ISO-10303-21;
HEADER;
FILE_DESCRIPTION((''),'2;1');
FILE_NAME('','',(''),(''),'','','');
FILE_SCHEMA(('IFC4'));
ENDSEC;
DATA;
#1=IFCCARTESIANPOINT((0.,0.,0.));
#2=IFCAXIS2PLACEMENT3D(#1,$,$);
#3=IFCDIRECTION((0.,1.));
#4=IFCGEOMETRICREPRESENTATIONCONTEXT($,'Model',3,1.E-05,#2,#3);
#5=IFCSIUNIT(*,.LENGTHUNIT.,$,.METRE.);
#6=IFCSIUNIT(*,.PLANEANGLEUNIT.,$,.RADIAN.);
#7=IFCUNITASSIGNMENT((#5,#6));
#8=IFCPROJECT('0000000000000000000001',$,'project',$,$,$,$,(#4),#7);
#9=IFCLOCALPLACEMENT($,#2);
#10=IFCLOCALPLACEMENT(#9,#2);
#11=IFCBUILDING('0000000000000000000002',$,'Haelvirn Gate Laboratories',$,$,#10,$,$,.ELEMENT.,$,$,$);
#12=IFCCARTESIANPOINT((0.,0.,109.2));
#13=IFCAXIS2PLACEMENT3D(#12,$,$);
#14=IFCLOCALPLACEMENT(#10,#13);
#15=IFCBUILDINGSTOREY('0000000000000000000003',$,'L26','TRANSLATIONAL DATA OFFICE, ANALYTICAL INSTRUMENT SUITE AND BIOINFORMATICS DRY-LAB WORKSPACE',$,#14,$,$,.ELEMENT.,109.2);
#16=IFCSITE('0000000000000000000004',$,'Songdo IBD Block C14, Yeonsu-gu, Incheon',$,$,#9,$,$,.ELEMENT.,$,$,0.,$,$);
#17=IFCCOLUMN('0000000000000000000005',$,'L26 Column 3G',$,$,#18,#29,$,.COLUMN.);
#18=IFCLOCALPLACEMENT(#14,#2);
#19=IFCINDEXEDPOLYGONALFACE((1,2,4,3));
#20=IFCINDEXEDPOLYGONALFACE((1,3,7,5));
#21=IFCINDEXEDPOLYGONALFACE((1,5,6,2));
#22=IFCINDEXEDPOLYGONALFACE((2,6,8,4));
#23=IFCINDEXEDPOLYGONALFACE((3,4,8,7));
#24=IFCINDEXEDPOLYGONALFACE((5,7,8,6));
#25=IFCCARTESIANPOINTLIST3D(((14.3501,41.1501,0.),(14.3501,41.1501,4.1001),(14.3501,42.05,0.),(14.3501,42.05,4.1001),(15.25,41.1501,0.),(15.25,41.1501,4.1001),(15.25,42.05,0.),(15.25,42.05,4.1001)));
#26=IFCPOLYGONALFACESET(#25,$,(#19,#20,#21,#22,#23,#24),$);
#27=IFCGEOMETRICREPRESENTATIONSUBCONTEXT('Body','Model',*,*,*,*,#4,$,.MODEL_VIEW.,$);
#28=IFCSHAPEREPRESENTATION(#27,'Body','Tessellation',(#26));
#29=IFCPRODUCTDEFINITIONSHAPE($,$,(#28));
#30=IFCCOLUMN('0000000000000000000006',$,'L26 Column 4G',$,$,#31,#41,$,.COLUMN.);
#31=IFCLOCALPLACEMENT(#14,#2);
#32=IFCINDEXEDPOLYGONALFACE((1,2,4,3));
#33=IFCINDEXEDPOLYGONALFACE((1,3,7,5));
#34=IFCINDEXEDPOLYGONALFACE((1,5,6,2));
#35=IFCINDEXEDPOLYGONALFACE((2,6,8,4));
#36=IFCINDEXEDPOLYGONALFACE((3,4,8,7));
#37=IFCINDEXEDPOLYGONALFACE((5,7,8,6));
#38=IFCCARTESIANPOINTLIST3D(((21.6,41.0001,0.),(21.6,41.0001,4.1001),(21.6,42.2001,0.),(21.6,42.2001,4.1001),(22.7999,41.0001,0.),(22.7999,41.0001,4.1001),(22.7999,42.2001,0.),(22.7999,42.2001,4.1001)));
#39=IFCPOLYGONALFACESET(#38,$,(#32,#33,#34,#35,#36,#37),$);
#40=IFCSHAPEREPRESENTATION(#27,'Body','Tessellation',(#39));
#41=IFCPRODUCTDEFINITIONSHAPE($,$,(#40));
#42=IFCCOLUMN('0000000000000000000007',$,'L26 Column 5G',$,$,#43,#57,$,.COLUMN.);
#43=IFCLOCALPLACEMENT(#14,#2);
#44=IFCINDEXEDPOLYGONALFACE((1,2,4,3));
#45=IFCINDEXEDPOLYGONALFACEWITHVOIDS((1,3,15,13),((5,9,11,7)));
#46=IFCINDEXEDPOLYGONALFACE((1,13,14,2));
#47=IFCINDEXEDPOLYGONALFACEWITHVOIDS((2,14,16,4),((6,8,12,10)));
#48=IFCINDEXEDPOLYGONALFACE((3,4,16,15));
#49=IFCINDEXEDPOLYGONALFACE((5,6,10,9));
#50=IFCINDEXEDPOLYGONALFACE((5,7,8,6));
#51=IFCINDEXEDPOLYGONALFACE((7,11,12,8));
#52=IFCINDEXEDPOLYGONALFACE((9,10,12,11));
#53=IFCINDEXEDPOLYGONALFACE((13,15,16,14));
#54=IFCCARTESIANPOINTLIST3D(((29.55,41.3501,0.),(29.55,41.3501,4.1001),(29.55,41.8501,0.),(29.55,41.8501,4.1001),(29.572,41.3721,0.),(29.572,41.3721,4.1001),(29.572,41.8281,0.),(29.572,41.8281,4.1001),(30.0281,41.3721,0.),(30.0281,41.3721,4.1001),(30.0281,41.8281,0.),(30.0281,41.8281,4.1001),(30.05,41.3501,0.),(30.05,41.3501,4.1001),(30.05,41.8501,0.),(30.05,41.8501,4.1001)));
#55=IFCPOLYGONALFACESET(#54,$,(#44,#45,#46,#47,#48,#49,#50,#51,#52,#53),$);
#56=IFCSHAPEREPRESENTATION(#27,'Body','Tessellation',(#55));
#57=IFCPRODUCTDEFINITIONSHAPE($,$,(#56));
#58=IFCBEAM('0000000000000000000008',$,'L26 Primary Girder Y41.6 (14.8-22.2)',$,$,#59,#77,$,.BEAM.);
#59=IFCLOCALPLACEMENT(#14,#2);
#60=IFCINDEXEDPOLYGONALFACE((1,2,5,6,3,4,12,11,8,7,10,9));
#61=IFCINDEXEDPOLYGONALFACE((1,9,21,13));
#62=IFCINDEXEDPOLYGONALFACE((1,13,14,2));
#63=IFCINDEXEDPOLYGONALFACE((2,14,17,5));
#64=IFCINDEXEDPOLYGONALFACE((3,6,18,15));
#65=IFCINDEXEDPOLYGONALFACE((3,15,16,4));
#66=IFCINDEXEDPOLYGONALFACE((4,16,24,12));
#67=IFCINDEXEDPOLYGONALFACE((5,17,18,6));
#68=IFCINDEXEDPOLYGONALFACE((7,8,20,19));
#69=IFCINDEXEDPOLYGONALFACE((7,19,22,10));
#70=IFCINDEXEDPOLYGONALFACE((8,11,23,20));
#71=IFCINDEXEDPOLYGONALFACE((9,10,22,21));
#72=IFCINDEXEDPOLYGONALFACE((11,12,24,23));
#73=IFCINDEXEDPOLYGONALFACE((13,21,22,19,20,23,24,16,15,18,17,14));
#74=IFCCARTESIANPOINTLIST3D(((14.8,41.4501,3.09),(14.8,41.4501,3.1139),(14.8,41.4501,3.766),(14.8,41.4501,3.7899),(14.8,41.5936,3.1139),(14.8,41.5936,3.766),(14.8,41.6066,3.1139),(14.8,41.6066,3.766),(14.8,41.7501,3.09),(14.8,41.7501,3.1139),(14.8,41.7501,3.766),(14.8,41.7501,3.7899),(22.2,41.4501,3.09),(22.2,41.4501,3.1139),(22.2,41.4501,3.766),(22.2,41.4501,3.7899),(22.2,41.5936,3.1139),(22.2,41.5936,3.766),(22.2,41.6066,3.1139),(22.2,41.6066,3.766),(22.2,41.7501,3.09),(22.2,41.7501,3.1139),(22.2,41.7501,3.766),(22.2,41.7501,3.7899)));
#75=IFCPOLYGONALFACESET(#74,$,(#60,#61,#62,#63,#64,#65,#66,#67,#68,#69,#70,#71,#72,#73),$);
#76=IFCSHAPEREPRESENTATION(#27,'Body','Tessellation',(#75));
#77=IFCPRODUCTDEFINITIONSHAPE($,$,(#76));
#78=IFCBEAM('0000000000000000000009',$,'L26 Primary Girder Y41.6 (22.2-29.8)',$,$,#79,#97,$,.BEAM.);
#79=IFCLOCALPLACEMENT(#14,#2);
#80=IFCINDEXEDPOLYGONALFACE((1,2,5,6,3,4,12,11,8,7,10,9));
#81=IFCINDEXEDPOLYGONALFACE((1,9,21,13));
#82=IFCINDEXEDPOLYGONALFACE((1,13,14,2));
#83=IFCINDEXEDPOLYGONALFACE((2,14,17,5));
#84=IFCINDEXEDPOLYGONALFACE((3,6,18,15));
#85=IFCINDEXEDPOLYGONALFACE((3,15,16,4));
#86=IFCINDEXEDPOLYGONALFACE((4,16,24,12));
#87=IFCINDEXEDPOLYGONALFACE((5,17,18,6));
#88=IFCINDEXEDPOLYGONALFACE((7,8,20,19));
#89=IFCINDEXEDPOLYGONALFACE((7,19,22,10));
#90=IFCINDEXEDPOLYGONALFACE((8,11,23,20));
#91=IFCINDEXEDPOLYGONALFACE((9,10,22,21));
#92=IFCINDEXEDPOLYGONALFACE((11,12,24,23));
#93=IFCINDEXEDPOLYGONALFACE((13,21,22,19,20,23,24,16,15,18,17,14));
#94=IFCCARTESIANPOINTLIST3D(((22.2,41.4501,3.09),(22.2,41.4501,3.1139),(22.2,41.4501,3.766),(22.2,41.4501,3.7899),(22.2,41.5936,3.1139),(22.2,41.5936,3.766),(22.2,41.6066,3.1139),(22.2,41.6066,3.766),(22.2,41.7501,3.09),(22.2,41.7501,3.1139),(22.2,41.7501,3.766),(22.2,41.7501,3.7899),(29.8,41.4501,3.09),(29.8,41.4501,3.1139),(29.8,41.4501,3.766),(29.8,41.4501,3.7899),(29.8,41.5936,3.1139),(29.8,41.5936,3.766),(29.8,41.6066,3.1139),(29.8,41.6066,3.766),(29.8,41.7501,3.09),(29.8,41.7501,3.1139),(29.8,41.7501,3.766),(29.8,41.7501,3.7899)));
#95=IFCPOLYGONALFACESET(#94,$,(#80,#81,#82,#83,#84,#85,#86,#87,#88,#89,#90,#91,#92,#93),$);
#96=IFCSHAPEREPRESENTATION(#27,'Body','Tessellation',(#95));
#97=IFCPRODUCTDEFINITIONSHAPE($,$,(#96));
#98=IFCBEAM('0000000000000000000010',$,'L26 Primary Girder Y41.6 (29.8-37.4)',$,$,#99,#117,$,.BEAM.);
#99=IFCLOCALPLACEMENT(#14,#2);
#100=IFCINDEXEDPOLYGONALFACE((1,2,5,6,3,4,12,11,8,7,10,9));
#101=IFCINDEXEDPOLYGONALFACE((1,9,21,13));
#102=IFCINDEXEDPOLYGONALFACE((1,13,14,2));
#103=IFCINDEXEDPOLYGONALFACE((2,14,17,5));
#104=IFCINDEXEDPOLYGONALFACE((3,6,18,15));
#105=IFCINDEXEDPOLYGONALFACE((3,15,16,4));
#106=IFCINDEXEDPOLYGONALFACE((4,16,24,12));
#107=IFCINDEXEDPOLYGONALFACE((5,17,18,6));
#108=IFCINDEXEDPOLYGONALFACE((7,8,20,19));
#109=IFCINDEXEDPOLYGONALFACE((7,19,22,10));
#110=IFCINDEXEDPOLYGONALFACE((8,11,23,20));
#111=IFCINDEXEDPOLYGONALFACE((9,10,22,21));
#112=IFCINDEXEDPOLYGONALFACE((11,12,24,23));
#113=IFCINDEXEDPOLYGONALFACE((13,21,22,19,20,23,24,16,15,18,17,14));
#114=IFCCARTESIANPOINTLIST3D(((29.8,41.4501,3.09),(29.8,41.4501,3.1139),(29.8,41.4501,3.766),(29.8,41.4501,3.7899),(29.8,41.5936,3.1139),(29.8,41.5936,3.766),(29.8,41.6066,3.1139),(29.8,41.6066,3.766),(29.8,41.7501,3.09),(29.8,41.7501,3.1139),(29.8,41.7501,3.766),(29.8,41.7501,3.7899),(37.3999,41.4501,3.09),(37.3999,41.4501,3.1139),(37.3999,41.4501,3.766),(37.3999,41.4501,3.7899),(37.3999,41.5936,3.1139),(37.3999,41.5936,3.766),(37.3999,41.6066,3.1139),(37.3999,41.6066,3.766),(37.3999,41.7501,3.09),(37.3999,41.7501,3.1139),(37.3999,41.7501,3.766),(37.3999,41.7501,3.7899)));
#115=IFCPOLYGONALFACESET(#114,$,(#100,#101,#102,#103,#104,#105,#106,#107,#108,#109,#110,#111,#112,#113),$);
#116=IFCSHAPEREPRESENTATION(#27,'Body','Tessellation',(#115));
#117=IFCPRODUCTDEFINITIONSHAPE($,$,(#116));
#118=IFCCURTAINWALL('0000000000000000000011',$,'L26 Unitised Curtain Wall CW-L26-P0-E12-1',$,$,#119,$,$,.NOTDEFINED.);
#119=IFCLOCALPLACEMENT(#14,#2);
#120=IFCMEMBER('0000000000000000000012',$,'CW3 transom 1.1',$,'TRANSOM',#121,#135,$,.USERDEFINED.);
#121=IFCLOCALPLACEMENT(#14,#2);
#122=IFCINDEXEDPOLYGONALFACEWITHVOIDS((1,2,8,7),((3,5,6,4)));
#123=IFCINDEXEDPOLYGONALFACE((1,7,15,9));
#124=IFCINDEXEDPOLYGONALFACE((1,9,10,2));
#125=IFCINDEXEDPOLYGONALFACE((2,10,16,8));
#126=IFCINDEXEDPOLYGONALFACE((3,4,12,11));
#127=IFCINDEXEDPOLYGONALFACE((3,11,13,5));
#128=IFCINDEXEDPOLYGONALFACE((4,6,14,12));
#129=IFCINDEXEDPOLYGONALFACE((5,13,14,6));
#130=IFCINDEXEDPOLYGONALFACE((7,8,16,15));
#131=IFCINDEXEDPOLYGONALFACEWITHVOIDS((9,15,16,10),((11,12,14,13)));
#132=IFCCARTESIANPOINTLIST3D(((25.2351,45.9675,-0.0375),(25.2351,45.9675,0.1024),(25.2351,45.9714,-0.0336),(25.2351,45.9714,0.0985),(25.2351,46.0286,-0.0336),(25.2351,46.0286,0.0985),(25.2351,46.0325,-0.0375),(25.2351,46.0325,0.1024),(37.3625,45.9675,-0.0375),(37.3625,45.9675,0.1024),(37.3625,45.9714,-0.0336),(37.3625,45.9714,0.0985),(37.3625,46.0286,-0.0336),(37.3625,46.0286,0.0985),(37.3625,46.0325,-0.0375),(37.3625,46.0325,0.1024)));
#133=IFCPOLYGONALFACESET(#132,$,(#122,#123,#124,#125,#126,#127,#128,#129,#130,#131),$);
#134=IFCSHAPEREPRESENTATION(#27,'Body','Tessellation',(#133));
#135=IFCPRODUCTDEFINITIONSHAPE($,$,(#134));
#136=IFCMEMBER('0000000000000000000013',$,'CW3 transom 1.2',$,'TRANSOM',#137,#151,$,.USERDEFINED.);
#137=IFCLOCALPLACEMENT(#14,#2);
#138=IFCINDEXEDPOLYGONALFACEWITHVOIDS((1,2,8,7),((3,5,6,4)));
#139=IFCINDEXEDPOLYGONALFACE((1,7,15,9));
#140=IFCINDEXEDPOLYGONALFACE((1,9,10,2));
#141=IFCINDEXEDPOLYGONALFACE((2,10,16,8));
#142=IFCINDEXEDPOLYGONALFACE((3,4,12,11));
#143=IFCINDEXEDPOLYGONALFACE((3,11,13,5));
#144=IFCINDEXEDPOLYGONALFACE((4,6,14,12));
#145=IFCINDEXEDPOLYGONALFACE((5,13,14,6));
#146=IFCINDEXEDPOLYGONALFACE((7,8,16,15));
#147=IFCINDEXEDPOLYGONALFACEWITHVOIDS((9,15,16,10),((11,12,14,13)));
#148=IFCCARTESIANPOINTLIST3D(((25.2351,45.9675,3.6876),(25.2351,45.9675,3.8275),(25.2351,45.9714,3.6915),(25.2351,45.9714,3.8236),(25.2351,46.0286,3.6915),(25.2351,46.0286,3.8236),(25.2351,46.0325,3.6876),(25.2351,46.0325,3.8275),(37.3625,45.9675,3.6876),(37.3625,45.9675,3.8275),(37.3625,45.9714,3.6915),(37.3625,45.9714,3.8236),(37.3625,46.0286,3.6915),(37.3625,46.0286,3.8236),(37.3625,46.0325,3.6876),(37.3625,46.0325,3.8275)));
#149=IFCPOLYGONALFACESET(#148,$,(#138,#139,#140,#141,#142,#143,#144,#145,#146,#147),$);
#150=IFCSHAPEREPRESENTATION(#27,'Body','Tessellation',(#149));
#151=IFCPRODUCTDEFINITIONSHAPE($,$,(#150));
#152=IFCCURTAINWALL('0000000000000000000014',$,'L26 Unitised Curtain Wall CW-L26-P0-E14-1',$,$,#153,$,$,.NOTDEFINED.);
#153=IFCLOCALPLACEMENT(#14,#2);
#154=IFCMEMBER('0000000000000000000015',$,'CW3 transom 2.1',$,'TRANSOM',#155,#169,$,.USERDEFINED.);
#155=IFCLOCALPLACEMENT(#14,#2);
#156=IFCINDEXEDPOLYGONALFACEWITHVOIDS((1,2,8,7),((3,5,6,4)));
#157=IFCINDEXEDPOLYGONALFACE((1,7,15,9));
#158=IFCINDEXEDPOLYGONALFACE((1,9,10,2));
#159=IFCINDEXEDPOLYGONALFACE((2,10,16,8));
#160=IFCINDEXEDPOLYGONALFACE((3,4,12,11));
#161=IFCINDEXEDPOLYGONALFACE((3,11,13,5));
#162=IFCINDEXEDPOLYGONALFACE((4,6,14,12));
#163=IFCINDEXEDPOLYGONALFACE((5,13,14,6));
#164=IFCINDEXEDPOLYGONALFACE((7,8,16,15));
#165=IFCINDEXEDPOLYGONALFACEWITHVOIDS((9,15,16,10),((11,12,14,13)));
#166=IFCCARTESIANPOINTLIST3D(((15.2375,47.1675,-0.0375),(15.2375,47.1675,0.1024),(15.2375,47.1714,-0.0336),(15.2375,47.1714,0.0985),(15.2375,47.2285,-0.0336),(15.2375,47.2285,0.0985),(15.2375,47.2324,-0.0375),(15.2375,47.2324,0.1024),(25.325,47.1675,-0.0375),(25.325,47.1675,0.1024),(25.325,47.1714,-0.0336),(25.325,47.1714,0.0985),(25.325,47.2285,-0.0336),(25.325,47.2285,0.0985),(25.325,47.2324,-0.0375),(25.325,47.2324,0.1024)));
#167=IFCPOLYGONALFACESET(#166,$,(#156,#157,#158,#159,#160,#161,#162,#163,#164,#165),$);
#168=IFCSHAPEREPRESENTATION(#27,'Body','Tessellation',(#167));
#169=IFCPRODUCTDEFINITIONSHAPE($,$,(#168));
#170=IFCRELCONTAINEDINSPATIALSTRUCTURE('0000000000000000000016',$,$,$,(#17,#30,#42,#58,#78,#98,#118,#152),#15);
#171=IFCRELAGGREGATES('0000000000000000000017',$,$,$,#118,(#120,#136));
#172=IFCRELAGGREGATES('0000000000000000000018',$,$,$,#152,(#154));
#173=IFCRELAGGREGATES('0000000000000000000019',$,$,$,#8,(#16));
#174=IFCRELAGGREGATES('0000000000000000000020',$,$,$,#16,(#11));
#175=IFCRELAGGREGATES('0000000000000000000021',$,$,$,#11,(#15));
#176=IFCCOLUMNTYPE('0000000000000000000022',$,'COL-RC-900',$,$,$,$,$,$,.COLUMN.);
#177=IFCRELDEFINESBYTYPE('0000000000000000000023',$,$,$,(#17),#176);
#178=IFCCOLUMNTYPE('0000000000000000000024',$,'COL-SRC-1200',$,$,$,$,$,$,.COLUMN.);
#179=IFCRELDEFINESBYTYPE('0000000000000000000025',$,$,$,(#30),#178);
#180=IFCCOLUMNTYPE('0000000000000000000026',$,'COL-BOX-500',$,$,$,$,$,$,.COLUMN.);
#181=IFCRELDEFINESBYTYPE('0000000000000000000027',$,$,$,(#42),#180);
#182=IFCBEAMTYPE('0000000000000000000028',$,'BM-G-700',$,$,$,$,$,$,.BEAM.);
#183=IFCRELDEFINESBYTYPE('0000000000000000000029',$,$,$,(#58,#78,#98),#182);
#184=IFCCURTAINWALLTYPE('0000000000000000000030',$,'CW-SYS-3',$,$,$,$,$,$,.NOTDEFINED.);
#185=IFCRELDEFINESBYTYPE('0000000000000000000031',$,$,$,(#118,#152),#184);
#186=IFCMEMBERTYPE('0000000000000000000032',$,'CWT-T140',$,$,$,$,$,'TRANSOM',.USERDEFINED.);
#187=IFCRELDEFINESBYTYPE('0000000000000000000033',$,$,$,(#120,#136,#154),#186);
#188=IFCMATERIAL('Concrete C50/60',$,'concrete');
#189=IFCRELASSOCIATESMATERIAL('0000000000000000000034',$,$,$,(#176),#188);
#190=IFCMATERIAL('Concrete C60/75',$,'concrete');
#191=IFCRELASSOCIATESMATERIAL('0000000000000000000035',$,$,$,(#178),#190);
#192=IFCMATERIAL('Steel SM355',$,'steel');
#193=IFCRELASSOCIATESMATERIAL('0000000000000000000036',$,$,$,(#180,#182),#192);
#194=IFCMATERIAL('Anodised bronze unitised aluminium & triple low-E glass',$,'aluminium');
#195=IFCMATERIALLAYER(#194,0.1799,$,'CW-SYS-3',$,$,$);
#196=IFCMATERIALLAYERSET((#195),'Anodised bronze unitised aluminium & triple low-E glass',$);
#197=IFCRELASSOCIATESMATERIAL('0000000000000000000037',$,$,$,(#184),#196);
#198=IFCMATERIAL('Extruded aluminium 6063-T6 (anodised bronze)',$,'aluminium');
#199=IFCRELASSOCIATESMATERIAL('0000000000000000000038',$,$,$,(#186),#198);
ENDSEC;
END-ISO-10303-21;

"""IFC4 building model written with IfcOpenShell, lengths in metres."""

from ifc_helpers import new_model, si_unit, direction, frame, origin, origin_2d, place, context, subcontext, project, spatial, rectangle, hollow_rectangle, i_section, extrude, source, transform, mapped, material, layer, layer_set, material_profile, profile_set, type_object, type_shapes, element, aggregate, save


model = new_model("IFC4")

# Units and contexts
model_context = context("Model", 3, precision=1e-05, world=origin(), true_north=direction((0.0, 1.0)))
body_context = subcontext(model_context, "Body", "Model", "MODEL_VIEW")
ifc_project = project(units=[si_unit("LENGTHUNIT", "METRE"), si_unit("PLANEANGLEUNIT", "RADIAN")], contexts=[model_context])

# Site, building, storey
site_placement = place(None, origin())
site = spatial("IfcSite", under=ifc_project, at=site_placement, Name="Songdo IBD Block C14, Yeonsu-gu, Incheon", CompositionType="ELEMENT", RefElevation=0.0)
building_placement = place(site_placement, origin())
building = spatial("IfcBuilding", under=site, at=building_placement, Name="Haelvirn Gate Laboratories", CompositionType="ELEMENT")
storey_placement = place(building_placement, frame((0.0, 0.0, 109.2)))
storey = spatial("IfcBuildingStorey", under=building, at=storey_placement, Name="L26", Description="TRANSLATIONAL DATA OFFICE, ANALYTICAL INSTRUMENT SUITE AND BIOINFORMATICS DRY-LAB WORKSPACE", CompositionType="ELEMENT", Elevation=109.2)

# Columns
ifc_material_1 = material(Name="Concrete C50/60", Category="concrete")
ifc_material_profile_1 = material_profile(ifc_material_1, rectangle(XDim=0.8999, YDim=0.8999, at=origin_2d()), Name="RC-900x900")
ifc_profile_set_1 = profile_set([ifc_material_profile_1], Name="Concrete C50/60")
column_type_1 = type_object("IfcColumnType", Name="COL-RC-900", PredefinedType="COLUMN", material=ifc_profile_set_1)
shared_shape_1 = source(origin(), body_context, "Body", "SweptSolid", [
    extrude(rectangle(XDim=0.8999, YDim=0.8999, at=origin_2d()), origin(), (0.0, 0.0, 1.0), 4.1001),
])
type_shapes(column_type_1, [shared_shape_1])
column_1_placement = place(storey_placement, frame((14.8, 41.6001, 0.0), z_axis=(0.0, 0.0, 1.0), x_axis=(1.0, 0.0, 0.0)))
element("IfcColumn", 1, at=column_1_placement, inside=storey, type_object=column_type_1, Name="L26 Column 3G", PredefinedType="COLUMN", context=body_context, shape_type="MappedRepresentation", body=[
    mapped(shared_shape_1, transform((0.0, 0.0, 0.0), scale=1.0)),
])
ifc_material_2 = material(Name="Concrete C60/75", Category="concrete")
ifc_material_profile_2 = material_profile(ifc_material_2, rectangle(XDim=1.2, YDim=1.2, at=origin_2d()), Name="SRC-1200x1200")
ifc_profile_set_2 = profile_set([ifc_material_profile_2], Name="Concrete C60/75")
column_type_2 = type_object("IfcColumnType", Name="COL-SRC-1200", PredefinedType="COLUMN", material=ifc_profile_set_2)
shared_shape_2 = source(origin(), body_context, "Body", "SweptSolid", [
    extrude(rectangle(XDim=1.2, YDim=1.2, at=origin_2d()), origin(), (0.0, 0.0, 1.0), 4.1001),
])
type_shapes(column_type_2, [shared_shape_2])
column_2_placement = place(storey_placement, frame((22.2, 41.6001, 0.0), z_axis=(0.0, 0.0, 1.0), x_axis=(1.0, 0.0, 0.0)))
element("IfcColumn", 2, at=column_2_placement, inside=storey, type_object=column_type_2, Name="L26 Column 4G", PredefinedType="COLUMN", context=body_context, shape_type="MappedRepresentation", body=[
    mapped(shared_shape_2, transform((0.0, 0.0, 0.0), scale=1.0)),
])
ifc_material_3 = material(Name="Steel SM355", Category="steel")
ifc_material_profile_3 = material_profile(ifc_material_3, hollow_rectangle(XDim=0.5, YDim=0.5, WallThickness=0.022, at=origin_2d()), Name="BOX-500x500x22")
ifc_profile_set_3 = profile_set([ifc_material_profile_3], Name="Steel SM355")
column_type_3 = type_object("IfcColumnType", Name="COL-BOX-500", PredefinedType="COLUMN", material=ifc_profile_set_3)
shared_shape_3 = source(origin(), body_context, "Body", "SweptSolid", [
    extrude(hollow_rectangle(XDim=0.5, YDim=0.5, WallThickness=0.022, at=origin_2d()), origin(), (0.0, 0.0, 1.0), 4.1001),
])
type_shapes(column_type_3, [shared_shape_3])
column_3_placement = place(storey_placement, frame((29.8, 41.6001, 0.0), z_axis=(0.0, 0.0, 1.0), x_axis=(1.0, 0.0, 0.0)))
element("IfcColumn", 3, at=column_3_placement, inside=storey, type_object=column_type_3, Name="L26 Column 5G", PredefinedType="COLUMN", context=body_context, shape_type="MappedRepresentation", body=[
    mapped(shared_shape_3, transform((0.0, 0.0, 0.0), scale=1.0)),
])

# Beams
ifc_material_profile_4 = material_profile(ifc_material_3, i_section(OverallWidth=0.3, OverallDepth=0.7, WebThickness=0.0129, FlangeThickness=0.0239, at=origin_2d()), Name="H-700x300x13x24")
ifc_profile_set_4 = profile_set([ifc_material_profile_4], Name="Steel SM355")
beam_type = type_object("IfcBeamType", Name="BM-G-700", PredefinedType="BEAM", material=ifc_profile_set_4)
shared_shape_4 = source(origin(), body_context, "Body", "SweptSolid", [
    extrude(i_section(OverallWidth=0.3, OverallDepth=0.7, WebThickness=0.0129, FlangeThickness=0.0239, at=origin_2d()), origin(), (0.0, 0.0, 1.0), 7.3999),
])
beam_1_placement = place(storey_placement, frame((14.8, 41.6001, 3.4399), z_axis=(1.0, 0.0, 0.0), x_axis=(0.0, 1.0, 0.0)))
element("IfcBeam", 4, at=beam_1_placement, inside=storey, type_object=beam_type, Name="L26 Primary Girder Y41.6 (14.8-22.2)", PredefinedType="BEAM", context=body_context, shape_type="MappedRepresentation", body=[
    mapped(shared_shape_4, transform((0.0, 0.0, 0.0), scale=1.0)),
])
shared_shape_5 = source(origin(), body_context, "Body", "SweptSolid", [
    extrude(i_section(OverallWidth=0.3, OverallDepth=0.7, WebThickness=0.0129, FlangeThickness=0.0239, at=origin_2d()), origin(), (0.0, 0.0, 1.0), 7.6001),
])
beam_2_placement = place(storey_placement, frame((22.2, 41.6001, 3.4399), z_axis=(1.0, 0.0, 0.0), x_axis=(0.0, 1.0, 0.0)))
element("IfcBeam", 5, at=beam_2_placement, inside=storey, type_object=beam_type, Name="L26 Primary Girder Y41.6 (22.2-29.8)", PredefinedType="BEAM", context=body_context, shape_type="MappedRepresentation", body=[
    mapped(shared_shape_5, transform((0.0, 0.0, 0.0), scale=1.0)),
])
shared_shape_6 = source(origin(), body_context, "Body", "SweptSolid", [
    extrude(i_section(OverallWidth=0.3, OverallDepth=0.7, WebThickness=0.0129, FlangeThickness=0.0239, at=origin_2d()), origin(), (0.0, 0.0, 1.0), 7.5999),
])
type_shapes(beam_type, [shared_shape_4, shared_shape_5, shared_shape_6])
beam_3_placement = place(storey_placement, frame((29.8, 41.6001, 3.4399), z_axis=(1.0, 0.0, 0.0), x_axis=(0.0, 1.0, 0.0)))
element("IfcBeam", 6, at=beam_3_placement, inside=storey, type_object=beam_type, Name="L26 Primary Girder Y41.6 (29.8-37.4)", PredefinedType="BEAM", context=body_context, shape_type="MappedRepresentation", body=[
    mapped(shared_shape_6, transform((0.0, 0.0, 0.0), scale=1.0)),
])

# Curtain walls, members
ifc_material_4 = material(Name="Anodised bronze unitised aluminium & triple low-E glass", Category="aluminium")
ifc_layer_1 = layer(ifc_material_4, 0.1799, Name="CW-SYS-3")
ifc_layer_set_1 = layer_set([ifc_layer_1], Name="Anodised bronze unitised aluminium & triple low-E glass")
curtain_wall_type = type_object("IfcCurtainWallType", Name="CW-SYS-3", PredefinedType="NOTDEFINED", material=ifc_layer_set_1)
curtain_wall_1_placement = place(storey_placement, origin())
curtain_wall_1 = element("IfcCurtainWall", 7, at=curtain_wall_1_placement, inside=storey, type_object=curtain_wall_type, Name="L26 Unitised Curtain Wall CW-L26-P0-E12-1", PredefinedType="NOTDEFINED")
ifc_material_5 = material(Name="Extruded aluminium 6063-T6 (anodised bronze)", Category="aluminium")
ifc_material_profile_5 = material_profile(ifc_material_5, hollow_rectangle(XDim=0.0649, YDim=0.1399, WallThickness=0.0039, at=origin_2d()), Name="CWT-140x65x4")
ifc_profile_set_5 = profile_set([ifc_material_profile_5], Name="Extruded aluminium 6063-T6 (anodised bronze)")
member_type_1 = type_object("IfcMemberType", Name="CWT-T140", ElementType="TRANSOM", PredefinedType="USERDEFINED", material=ifc_profile_set_5)
shared_shape_7 = source(origin(), body_context, "Body", "SweptSolid", [
    extrude(hollow_rectangle(XDim=0.0649, YDim=0.1399, WallThickness=0.0039, at=origin_2d()), origin(), (0.0, 0.0, 1.0), 12.1274),
])
member_1_placement = place(storey_placement, frame((25.2351, 46.0, 0.0325), z_axis=(1.0, 0.0, 0.0), x_axis=(0.0, 1.0, 0.0)))
member_1 = element("IfcMember", 8, at=member_1_placement, type_object=member_type_1, Name="CW3 transom 1.1", ObjectType="TRANSOM", PredefinedType="USERDEFINED", context=body_context, shape_type="MappedRepresentation", body=[
    mapped(shared_shape_7, transform((0.0, 0.0, 0.0), scale=1.0)),
])
member_2_placement = place(storey_placement, frame((25.2351, 46.0, 3.7576), z_axis=(1.0, 0.0, 0.0), x_axis=(0.0, 1.0, 0.0)))
member_2 = element("IfcMember", 9, at=member_2_placement, type_object=member_type_1, Name="CW3 transom 1.2", ObjectType="TRANSOM", PredefinedType="USERDEFINED", context=body_context, shape_type="MappedRepresentation", body=[
    mapped(shared_shape_7, transform((0.0, 0.0, 0.0), scale=1.0)),
])
curtain_wall_2_placement = place(storey_placement, origin())
curtain_wall_2 = element("IfcCurtainWall", 10, at=curtain_wall_2_placement, inside=storey, type_object=curtain_wall_type, Name="L26 Unitised Curtain Wall CW-L26-P0-E14-1", PredefinedType="NOTDEFINED")
shared_shape_8 = source(origin(), body_context, "Body", "SweptSolid", [
    extrude(hollow_rectangle(XDim=0.0649, YDim=0.1399, WallThickness=0.0039, at=origin_2d()), origin(), (0.0, 0.0, 1.0), 10.0874),
])
type_shapes(member_type_1, [shared_shape_7, shared_shape_8])
member_3_placement = place(storey_placement, frame((15.2375, 47.2, 0.0325), z_axis=(1.0, 0.0, 0.0), x_axis=(0.0, 1.0, 0.0)))
member_3 = element("IfcMember", 11, at=member_3_placement, type_object=member_type_1, Name="CW3 transom 2.1", ObjectType="TRANSOM", PredefinedType="USERDEFINED", context=body_context, shape_type="MappedRepresentation", body=[
    mapped(shared_shape_8, transform((0.0, 0.0, 0.0), scale=1.0)),
])

aggregate(curtain_wall_1, [member_1, member_2])

aggregate(curtain_wall_2, [member_3])

save(model, "model.ifc")
